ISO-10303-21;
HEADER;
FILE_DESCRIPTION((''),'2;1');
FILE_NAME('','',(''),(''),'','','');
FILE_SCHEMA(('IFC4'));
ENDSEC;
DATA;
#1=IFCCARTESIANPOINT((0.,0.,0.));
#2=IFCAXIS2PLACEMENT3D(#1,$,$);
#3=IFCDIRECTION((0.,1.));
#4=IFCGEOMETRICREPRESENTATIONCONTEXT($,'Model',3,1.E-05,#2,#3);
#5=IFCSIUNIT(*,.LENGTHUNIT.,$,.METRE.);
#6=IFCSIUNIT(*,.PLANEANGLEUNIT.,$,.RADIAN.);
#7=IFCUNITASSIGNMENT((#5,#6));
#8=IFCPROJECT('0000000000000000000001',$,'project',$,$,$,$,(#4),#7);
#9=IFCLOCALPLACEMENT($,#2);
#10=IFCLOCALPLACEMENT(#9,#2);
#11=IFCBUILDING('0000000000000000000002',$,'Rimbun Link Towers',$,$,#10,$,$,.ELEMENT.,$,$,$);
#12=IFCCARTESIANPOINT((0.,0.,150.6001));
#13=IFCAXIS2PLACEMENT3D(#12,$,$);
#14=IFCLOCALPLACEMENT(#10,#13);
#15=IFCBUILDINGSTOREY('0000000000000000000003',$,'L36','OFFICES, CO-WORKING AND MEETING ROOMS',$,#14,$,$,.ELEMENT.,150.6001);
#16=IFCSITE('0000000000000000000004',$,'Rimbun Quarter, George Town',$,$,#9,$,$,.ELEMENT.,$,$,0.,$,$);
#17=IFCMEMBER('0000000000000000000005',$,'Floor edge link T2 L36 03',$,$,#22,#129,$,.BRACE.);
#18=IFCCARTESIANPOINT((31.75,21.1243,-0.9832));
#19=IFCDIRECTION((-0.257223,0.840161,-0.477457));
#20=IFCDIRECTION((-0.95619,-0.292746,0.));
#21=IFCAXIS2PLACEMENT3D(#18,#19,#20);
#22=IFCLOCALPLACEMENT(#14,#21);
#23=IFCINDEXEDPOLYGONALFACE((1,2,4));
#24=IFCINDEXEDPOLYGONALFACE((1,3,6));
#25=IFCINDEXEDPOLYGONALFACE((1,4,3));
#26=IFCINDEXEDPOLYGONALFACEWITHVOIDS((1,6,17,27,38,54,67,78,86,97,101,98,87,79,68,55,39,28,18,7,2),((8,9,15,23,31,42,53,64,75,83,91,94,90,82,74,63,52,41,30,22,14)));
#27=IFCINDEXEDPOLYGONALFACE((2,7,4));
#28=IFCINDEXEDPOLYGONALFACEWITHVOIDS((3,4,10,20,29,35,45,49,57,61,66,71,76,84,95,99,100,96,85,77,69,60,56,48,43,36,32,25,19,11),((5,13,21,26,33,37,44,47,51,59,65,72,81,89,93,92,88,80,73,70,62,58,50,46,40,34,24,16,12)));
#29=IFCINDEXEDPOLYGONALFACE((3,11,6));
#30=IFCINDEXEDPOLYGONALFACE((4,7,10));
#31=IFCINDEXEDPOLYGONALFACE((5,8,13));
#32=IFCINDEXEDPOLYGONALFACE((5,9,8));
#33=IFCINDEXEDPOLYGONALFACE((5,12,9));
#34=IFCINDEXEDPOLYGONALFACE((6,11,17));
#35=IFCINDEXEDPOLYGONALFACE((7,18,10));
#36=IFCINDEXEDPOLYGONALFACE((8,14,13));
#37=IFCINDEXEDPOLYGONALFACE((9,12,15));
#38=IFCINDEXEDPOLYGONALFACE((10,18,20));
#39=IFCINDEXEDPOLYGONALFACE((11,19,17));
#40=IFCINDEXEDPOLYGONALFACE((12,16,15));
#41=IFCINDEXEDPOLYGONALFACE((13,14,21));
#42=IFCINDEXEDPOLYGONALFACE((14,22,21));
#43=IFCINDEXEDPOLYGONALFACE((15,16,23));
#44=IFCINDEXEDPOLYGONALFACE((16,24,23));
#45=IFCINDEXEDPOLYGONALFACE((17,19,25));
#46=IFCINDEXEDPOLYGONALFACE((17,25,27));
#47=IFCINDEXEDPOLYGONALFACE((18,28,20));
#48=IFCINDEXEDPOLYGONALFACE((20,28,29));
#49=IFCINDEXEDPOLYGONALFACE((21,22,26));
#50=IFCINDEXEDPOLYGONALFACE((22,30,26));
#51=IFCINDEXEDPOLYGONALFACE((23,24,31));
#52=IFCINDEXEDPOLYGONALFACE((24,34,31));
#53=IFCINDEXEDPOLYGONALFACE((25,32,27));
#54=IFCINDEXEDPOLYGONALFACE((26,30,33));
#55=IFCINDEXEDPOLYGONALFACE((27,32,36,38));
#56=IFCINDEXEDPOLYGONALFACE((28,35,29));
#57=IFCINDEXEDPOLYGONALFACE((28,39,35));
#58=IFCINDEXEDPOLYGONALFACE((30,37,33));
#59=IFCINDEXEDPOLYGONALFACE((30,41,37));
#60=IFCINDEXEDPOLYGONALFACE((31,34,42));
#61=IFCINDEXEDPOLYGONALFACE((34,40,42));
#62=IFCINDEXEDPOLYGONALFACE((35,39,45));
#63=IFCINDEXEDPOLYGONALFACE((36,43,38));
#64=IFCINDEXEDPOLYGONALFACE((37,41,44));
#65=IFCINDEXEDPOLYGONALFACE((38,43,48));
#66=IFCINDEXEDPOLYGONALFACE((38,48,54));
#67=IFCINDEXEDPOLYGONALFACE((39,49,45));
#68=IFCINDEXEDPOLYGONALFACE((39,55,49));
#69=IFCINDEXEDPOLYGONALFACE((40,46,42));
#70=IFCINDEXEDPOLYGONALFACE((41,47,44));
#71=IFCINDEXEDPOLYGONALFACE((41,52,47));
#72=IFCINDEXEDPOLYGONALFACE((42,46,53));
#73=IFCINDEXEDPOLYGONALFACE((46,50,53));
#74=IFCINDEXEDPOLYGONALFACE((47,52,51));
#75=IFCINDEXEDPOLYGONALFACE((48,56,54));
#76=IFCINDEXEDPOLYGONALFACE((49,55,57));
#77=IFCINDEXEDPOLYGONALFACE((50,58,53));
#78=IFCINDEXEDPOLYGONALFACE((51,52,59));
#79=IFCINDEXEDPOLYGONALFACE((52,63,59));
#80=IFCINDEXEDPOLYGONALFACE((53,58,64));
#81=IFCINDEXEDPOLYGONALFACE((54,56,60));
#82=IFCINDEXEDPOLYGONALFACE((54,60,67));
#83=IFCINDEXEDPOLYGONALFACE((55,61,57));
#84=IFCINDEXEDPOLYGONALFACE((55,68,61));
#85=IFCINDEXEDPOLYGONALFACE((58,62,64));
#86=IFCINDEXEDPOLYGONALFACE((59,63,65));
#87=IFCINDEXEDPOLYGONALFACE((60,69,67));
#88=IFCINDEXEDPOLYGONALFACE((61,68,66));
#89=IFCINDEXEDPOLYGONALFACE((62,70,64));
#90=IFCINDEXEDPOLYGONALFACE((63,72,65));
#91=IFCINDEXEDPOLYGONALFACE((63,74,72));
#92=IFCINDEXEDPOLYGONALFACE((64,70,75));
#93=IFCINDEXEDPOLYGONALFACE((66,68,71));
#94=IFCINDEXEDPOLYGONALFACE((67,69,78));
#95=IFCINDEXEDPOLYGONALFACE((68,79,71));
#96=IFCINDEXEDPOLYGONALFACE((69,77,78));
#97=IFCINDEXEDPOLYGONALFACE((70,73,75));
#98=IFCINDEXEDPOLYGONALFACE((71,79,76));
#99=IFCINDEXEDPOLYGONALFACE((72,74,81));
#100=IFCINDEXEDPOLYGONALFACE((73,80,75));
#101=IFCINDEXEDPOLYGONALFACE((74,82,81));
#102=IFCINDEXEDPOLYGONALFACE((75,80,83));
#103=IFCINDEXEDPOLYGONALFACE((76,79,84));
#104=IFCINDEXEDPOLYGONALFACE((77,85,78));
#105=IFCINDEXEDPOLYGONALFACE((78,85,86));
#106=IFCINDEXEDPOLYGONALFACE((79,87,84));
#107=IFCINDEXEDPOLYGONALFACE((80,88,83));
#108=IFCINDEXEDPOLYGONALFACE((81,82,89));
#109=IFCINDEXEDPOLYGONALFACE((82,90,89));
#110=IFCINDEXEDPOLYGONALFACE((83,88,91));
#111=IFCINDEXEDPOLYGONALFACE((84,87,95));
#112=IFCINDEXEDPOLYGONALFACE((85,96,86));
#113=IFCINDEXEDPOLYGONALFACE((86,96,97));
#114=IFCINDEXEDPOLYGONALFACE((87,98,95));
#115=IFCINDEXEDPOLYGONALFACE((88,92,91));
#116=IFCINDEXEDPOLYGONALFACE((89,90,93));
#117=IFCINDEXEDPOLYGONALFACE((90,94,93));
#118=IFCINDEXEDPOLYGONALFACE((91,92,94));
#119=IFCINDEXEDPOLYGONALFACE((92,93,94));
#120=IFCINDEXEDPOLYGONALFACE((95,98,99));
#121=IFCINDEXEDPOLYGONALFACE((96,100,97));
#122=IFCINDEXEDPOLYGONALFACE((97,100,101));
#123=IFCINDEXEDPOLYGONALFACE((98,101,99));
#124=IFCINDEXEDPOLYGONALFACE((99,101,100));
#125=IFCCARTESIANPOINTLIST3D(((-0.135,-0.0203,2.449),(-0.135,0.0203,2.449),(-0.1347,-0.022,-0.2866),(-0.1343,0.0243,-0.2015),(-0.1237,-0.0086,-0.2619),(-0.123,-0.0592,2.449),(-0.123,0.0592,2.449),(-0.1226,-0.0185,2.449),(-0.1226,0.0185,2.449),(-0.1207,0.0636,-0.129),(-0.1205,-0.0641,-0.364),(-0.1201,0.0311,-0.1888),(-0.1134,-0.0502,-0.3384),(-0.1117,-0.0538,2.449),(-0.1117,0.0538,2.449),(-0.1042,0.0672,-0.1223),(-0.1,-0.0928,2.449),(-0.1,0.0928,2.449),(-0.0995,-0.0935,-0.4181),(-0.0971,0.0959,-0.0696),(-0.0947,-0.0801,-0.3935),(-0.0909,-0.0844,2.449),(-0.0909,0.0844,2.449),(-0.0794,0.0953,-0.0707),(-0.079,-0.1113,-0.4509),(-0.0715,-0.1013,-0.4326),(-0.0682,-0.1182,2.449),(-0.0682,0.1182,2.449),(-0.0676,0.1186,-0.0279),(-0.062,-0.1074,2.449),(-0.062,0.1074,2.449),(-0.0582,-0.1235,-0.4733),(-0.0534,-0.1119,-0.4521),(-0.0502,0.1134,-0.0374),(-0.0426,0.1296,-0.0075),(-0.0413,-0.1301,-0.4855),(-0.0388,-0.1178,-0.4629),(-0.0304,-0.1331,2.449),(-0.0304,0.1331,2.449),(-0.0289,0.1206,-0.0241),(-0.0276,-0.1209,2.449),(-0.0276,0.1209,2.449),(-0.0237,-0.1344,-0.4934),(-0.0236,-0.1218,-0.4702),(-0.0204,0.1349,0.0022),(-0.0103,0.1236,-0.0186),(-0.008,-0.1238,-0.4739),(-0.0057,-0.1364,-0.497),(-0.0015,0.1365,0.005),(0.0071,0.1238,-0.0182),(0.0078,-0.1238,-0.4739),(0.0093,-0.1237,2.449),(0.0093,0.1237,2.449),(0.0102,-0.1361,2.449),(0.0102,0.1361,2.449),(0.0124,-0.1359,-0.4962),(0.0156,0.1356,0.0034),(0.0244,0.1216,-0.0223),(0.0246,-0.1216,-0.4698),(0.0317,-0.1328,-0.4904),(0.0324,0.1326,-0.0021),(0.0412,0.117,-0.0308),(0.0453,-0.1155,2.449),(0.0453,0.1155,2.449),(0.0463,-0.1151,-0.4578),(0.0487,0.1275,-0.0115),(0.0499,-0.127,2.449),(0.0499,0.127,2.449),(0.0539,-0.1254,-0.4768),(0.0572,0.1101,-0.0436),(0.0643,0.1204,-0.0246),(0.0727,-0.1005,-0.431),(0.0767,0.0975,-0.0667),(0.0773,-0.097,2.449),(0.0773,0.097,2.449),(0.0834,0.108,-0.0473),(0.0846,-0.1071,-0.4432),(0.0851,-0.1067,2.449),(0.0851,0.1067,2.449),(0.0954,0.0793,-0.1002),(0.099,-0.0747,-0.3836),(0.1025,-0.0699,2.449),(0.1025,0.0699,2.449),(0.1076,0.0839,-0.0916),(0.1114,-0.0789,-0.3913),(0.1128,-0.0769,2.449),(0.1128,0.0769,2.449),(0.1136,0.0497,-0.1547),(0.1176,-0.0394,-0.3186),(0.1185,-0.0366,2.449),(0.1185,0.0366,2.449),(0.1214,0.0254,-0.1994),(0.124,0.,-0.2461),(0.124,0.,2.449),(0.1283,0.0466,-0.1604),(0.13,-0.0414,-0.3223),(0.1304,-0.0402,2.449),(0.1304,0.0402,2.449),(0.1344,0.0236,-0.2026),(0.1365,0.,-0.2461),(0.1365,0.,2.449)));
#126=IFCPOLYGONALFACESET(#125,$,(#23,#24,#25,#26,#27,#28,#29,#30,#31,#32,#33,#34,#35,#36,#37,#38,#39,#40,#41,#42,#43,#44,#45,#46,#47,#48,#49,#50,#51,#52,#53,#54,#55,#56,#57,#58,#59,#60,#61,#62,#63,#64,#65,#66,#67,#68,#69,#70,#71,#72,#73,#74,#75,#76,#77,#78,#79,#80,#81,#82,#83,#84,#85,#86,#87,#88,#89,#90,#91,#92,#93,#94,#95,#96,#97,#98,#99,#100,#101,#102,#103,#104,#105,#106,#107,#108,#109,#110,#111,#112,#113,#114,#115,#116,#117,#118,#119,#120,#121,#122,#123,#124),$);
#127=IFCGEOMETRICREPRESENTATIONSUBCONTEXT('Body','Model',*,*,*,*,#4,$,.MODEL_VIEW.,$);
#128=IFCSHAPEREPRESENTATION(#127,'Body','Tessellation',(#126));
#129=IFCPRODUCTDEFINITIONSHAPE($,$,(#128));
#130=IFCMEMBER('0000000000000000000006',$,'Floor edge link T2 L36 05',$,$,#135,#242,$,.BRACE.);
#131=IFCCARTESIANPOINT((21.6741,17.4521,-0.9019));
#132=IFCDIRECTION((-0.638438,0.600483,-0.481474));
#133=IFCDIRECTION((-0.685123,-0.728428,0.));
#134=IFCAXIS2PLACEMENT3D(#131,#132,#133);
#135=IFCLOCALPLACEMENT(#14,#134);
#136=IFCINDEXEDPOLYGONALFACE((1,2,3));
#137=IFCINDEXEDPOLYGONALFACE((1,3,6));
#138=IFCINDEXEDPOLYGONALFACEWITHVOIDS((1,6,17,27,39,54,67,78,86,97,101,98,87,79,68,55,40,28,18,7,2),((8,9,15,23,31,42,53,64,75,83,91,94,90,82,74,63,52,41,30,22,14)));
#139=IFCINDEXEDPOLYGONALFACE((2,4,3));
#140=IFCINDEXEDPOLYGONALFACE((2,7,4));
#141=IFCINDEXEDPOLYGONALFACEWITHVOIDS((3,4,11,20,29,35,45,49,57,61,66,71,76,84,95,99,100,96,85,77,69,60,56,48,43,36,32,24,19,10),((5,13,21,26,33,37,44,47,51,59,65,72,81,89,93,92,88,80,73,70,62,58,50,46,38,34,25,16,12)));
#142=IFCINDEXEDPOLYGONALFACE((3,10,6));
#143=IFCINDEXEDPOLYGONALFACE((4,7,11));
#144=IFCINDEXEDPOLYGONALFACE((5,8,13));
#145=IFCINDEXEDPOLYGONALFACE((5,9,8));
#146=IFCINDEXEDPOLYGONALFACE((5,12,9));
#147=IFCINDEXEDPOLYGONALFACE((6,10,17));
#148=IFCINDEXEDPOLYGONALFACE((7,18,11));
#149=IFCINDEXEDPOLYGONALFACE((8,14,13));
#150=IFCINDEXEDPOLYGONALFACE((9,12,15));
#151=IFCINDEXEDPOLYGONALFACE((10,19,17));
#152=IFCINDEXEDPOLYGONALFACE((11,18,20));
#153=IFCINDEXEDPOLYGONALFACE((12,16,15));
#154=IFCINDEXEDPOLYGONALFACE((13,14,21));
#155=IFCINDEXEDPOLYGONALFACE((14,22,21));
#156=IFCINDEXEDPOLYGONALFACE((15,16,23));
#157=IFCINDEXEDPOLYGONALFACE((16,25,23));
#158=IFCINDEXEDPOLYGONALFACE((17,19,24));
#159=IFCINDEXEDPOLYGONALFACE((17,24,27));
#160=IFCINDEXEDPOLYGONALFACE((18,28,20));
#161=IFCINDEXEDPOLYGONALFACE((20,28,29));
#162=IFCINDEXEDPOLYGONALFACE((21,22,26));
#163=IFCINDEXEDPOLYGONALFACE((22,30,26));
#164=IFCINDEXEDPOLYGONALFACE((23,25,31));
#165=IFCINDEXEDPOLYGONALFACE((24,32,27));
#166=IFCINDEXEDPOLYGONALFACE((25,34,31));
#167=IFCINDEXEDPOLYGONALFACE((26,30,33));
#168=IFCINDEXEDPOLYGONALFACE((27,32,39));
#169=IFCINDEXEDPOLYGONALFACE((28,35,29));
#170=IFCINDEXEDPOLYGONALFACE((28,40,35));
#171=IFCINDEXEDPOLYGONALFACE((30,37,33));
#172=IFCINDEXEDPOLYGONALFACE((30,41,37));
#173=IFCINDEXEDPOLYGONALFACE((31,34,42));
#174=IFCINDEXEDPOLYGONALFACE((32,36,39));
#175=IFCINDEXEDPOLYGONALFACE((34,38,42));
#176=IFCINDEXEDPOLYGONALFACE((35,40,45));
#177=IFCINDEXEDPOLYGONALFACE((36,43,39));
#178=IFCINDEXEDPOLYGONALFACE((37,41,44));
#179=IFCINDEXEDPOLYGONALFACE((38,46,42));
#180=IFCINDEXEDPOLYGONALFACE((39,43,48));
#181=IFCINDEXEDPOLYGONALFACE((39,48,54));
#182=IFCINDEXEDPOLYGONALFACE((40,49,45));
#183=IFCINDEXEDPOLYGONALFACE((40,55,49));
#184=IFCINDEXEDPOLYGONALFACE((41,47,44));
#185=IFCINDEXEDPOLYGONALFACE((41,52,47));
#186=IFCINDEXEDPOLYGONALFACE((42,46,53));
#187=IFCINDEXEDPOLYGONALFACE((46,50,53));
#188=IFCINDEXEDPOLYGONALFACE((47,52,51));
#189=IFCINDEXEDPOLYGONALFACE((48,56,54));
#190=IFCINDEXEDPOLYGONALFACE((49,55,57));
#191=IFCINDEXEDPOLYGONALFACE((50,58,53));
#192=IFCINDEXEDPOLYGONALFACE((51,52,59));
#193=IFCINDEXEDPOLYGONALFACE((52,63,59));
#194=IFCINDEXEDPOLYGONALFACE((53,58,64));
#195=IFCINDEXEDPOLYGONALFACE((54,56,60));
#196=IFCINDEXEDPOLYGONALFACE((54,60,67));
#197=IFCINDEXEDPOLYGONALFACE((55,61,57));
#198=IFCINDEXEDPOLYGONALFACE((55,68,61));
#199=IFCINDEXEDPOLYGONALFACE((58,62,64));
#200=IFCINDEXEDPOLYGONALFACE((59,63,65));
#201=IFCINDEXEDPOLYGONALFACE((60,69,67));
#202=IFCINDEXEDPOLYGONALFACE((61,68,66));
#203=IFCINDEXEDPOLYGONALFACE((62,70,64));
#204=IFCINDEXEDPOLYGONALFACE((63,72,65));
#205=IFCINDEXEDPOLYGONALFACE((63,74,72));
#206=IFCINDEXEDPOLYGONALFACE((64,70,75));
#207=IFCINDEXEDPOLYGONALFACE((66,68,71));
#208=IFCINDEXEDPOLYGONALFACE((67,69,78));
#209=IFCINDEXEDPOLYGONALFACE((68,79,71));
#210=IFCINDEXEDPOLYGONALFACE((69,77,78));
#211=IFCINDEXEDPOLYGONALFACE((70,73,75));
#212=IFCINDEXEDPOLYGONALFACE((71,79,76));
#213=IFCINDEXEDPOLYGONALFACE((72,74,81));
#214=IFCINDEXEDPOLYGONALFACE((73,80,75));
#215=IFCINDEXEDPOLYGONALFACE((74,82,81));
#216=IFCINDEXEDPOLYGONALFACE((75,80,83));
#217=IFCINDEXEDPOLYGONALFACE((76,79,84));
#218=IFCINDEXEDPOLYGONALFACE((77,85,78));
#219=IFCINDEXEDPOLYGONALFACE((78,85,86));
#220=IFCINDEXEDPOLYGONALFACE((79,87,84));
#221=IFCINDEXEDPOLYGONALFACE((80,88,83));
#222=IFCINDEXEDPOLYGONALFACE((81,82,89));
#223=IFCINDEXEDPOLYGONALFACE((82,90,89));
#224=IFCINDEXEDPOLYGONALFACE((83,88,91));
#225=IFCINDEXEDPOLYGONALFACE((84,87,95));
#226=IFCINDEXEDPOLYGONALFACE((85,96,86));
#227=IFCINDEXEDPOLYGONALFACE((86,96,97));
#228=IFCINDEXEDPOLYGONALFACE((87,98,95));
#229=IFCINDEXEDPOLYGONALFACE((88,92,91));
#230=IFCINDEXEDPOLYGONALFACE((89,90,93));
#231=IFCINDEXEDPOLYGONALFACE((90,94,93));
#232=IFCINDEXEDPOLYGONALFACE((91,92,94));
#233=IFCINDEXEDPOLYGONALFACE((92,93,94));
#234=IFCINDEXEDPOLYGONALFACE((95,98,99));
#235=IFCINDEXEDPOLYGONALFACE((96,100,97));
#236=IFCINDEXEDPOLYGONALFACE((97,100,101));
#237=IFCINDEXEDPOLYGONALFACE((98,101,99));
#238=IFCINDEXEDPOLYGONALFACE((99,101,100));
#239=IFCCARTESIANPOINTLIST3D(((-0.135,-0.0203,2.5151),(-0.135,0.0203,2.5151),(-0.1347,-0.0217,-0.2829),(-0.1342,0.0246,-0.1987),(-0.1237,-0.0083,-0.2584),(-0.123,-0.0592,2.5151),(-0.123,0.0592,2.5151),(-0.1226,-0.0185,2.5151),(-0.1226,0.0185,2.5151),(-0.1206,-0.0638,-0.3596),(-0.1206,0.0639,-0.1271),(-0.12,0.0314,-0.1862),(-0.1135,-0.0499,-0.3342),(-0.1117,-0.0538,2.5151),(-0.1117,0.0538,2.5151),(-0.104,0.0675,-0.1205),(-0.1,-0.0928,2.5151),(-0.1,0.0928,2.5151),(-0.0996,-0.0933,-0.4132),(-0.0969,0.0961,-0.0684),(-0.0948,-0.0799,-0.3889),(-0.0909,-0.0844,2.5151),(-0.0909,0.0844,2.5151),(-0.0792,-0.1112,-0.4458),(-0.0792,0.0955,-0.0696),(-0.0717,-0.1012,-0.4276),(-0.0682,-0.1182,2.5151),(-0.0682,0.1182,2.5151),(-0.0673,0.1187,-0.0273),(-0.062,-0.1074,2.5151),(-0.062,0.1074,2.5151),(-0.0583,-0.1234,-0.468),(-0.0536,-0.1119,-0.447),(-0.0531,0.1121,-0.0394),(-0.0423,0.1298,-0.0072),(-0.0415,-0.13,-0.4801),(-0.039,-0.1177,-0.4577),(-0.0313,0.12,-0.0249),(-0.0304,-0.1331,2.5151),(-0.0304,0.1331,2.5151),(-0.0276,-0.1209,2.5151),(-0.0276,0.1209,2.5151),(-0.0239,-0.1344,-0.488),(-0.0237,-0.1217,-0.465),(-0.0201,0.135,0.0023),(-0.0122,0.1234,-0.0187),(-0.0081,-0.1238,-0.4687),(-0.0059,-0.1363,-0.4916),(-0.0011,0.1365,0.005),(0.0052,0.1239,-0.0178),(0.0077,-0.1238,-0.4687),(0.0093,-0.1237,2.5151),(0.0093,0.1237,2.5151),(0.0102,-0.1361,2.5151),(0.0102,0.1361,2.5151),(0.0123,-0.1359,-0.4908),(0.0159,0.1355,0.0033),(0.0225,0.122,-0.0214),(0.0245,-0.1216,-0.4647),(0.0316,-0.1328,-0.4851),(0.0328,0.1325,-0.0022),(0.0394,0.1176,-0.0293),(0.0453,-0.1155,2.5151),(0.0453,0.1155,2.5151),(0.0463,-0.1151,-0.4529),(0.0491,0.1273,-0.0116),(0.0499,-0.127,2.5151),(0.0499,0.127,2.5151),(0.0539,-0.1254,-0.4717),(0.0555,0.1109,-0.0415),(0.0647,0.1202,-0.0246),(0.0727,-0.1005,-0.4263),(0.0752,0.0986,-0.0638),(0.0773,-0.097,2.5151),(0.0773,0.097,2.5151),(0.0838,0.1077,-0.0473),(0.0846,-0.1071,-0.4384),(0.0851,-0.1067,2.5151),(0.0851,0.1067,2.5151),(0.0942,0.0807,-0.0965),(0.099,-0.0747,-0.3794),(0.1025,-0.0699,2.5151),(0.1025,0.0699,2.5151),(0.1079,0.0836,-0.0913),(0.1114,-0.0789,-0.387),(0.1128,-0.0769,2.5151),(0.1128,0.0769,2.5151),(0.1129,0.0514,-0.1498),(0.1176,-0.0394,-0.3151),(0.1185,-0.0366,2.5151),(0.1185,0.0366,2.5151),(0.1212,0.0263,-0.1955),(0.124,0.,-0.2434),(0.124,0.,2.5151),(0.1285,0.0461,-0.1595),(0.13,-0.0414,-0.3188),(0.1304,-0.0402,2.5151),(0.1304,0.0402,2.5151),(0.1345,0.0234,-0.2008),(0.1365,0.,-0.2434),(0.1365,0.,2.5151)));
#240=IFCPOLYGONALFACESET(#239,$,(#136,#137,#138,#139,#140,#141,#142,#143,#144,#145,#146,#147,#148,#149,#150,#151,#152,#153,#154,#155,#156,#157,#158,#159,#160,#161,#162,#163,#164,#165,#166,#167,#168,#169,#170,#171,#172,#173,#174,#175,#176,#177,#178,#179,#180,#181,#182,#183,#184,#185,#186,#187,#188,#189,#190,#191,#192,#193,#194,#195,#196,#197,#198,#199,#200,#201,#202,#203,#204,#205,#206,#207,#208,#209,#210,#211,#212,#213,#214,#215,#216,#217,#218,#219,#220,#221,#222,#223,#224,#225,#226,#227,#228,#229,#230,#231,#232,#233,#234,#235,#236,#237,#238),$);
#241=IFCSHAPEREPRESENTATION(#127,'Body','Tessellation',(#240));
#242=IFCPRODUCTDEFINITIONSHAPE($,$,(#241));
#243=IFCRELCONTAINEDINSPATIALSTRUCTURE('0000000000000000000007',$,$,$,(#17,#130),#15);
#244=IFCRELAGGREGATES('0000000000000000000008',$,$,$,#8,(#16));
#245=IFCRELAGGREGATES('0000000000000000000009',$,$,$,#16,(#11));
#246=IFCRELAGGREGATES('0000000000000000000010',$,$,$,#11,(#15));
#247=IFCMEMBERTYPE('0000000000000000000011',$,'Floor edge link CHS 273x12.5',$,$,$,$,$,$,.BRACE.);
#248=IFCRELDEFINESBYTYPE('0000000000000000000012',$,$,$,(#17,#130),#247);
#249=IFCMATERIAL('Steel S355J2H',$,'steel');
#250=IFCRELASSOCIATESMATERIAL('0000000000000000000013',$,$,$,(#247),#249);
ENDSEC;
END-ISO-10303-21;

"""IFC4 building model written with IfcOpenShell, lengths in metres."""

from ifc_helpers import new_model, si_unit, direction, frame, origin, origin_2d, place, context, subcontext, project, spatial, hollow_circle, extrude, clip, halfspace, material, material_profile, profile_set, type_object, element, save


model = new_model("IFC4")

# Units and contexts
model_context = context("Model", 3, precision=1e-05, world=origin(), true_north=direction((0.0, 1.0)))
body_context = subcontext(model_context, "Body", "Model", "MODEL_VIEW")
ifc_project = project(units=[si_unit("LENGTHUNIT", "METRE"), si_unit("PLANEANGLEUNIT", "RADIAN")], contexts=[model_context])

# Site, building, storey
site_placement = place(None, origin())
site = spatial("IfcSite", under=ifc_project, at=site_placement, Name="Rimbun Quarter, George Town", CompositionType="ELEMENT", RefElevation=0.0)
building_placement = place(site_placement, origin())
building = spatial("IfcBuilding", under=site, at=building_placement, Name="Rimbun Link Towers", CompositionType="ELEMENT")
storey_placement = place(building_placement, frame((0.0, 0.0, 150.6001)))
storey = spatial("IfcBuildingStorey", under=building, at=storey_placement, Name="L36", Description="OFFICES, CO-WORKING AND MEETING ROOMS", CompositionType="ELEMENT", Elevation=150.6001)

# Members
ifc_material_1 = material(Name="Steel S355J2H", Category="steel")
ifc_material_profile_1 = material_profile(ifc_material_1, hollow_circle(Radius=0.1365, WallThickness=0.0125, at=origin_2d()), Name="CHS 273x12.5")
ifc_profile_set_1 = profile_set([ifc_material_profile_1], Name="Steel S355J2H")
member_type_1 = type_object("IfcMemberType", Name="Floor edge link CHS 273x12.5", PredefinedType="BRACE", material=ifc_profile_set_1)
member_1_placement = place(storey_placement, frame((31.75, 21.1243, -0.9832), z_axis=(-0.257223, 0.840161, -0.477457), x_axis=(-0.95619, -0.292746, 0.0)))
element("IfcMember", 1, at=member_1_placement, inside=storey, type_object=member_type_1, Name="Floor edge link T2 L36 03", PredefinedType="BRACE", context=body_context, shape_type="Clipping", body=[
    clip(extrude(hollow_circle(Radius=0.1365, WallThickness=0.0125, at=origin_2d()), frame((0.0, 0.0, -0.5232)), (0.0, 0.0, 1.0), 2.9722), halfspace(frame((0.0, 0.0, -0.2461), z_axis=(0.0, 0.878655, -0.477457)), False)),
])
member_2_placement = place(storey_placement, frame((21.6741, 17.4521, -0.9019), z_axis=(-0.638438, 0.600483, -0.481474), x_axis=(-0.685123, -0.728428, 0.0)))
element("IfcMember", 2, at=member_2_placement, inside=storey, type_object=member_type_1, Name="Floor edge link T2 L36 05", PredefinedType="BRACE", context=body_context, shape_type="Clipping", body=[
    clip(extrude(hollow_circle(Radius=0.1365, WallThickness=0.0125, at=origin_2d()), frame((0.0, 0.0, -0.5176)), (0.0, 0.0, 1.0), 3.0327), halfspace(frame((0.0, 0.0, -0.2434), z_axis=(0.0, 0.876461, -0.481474)), False)),
])

save(model, "model.ifc")
